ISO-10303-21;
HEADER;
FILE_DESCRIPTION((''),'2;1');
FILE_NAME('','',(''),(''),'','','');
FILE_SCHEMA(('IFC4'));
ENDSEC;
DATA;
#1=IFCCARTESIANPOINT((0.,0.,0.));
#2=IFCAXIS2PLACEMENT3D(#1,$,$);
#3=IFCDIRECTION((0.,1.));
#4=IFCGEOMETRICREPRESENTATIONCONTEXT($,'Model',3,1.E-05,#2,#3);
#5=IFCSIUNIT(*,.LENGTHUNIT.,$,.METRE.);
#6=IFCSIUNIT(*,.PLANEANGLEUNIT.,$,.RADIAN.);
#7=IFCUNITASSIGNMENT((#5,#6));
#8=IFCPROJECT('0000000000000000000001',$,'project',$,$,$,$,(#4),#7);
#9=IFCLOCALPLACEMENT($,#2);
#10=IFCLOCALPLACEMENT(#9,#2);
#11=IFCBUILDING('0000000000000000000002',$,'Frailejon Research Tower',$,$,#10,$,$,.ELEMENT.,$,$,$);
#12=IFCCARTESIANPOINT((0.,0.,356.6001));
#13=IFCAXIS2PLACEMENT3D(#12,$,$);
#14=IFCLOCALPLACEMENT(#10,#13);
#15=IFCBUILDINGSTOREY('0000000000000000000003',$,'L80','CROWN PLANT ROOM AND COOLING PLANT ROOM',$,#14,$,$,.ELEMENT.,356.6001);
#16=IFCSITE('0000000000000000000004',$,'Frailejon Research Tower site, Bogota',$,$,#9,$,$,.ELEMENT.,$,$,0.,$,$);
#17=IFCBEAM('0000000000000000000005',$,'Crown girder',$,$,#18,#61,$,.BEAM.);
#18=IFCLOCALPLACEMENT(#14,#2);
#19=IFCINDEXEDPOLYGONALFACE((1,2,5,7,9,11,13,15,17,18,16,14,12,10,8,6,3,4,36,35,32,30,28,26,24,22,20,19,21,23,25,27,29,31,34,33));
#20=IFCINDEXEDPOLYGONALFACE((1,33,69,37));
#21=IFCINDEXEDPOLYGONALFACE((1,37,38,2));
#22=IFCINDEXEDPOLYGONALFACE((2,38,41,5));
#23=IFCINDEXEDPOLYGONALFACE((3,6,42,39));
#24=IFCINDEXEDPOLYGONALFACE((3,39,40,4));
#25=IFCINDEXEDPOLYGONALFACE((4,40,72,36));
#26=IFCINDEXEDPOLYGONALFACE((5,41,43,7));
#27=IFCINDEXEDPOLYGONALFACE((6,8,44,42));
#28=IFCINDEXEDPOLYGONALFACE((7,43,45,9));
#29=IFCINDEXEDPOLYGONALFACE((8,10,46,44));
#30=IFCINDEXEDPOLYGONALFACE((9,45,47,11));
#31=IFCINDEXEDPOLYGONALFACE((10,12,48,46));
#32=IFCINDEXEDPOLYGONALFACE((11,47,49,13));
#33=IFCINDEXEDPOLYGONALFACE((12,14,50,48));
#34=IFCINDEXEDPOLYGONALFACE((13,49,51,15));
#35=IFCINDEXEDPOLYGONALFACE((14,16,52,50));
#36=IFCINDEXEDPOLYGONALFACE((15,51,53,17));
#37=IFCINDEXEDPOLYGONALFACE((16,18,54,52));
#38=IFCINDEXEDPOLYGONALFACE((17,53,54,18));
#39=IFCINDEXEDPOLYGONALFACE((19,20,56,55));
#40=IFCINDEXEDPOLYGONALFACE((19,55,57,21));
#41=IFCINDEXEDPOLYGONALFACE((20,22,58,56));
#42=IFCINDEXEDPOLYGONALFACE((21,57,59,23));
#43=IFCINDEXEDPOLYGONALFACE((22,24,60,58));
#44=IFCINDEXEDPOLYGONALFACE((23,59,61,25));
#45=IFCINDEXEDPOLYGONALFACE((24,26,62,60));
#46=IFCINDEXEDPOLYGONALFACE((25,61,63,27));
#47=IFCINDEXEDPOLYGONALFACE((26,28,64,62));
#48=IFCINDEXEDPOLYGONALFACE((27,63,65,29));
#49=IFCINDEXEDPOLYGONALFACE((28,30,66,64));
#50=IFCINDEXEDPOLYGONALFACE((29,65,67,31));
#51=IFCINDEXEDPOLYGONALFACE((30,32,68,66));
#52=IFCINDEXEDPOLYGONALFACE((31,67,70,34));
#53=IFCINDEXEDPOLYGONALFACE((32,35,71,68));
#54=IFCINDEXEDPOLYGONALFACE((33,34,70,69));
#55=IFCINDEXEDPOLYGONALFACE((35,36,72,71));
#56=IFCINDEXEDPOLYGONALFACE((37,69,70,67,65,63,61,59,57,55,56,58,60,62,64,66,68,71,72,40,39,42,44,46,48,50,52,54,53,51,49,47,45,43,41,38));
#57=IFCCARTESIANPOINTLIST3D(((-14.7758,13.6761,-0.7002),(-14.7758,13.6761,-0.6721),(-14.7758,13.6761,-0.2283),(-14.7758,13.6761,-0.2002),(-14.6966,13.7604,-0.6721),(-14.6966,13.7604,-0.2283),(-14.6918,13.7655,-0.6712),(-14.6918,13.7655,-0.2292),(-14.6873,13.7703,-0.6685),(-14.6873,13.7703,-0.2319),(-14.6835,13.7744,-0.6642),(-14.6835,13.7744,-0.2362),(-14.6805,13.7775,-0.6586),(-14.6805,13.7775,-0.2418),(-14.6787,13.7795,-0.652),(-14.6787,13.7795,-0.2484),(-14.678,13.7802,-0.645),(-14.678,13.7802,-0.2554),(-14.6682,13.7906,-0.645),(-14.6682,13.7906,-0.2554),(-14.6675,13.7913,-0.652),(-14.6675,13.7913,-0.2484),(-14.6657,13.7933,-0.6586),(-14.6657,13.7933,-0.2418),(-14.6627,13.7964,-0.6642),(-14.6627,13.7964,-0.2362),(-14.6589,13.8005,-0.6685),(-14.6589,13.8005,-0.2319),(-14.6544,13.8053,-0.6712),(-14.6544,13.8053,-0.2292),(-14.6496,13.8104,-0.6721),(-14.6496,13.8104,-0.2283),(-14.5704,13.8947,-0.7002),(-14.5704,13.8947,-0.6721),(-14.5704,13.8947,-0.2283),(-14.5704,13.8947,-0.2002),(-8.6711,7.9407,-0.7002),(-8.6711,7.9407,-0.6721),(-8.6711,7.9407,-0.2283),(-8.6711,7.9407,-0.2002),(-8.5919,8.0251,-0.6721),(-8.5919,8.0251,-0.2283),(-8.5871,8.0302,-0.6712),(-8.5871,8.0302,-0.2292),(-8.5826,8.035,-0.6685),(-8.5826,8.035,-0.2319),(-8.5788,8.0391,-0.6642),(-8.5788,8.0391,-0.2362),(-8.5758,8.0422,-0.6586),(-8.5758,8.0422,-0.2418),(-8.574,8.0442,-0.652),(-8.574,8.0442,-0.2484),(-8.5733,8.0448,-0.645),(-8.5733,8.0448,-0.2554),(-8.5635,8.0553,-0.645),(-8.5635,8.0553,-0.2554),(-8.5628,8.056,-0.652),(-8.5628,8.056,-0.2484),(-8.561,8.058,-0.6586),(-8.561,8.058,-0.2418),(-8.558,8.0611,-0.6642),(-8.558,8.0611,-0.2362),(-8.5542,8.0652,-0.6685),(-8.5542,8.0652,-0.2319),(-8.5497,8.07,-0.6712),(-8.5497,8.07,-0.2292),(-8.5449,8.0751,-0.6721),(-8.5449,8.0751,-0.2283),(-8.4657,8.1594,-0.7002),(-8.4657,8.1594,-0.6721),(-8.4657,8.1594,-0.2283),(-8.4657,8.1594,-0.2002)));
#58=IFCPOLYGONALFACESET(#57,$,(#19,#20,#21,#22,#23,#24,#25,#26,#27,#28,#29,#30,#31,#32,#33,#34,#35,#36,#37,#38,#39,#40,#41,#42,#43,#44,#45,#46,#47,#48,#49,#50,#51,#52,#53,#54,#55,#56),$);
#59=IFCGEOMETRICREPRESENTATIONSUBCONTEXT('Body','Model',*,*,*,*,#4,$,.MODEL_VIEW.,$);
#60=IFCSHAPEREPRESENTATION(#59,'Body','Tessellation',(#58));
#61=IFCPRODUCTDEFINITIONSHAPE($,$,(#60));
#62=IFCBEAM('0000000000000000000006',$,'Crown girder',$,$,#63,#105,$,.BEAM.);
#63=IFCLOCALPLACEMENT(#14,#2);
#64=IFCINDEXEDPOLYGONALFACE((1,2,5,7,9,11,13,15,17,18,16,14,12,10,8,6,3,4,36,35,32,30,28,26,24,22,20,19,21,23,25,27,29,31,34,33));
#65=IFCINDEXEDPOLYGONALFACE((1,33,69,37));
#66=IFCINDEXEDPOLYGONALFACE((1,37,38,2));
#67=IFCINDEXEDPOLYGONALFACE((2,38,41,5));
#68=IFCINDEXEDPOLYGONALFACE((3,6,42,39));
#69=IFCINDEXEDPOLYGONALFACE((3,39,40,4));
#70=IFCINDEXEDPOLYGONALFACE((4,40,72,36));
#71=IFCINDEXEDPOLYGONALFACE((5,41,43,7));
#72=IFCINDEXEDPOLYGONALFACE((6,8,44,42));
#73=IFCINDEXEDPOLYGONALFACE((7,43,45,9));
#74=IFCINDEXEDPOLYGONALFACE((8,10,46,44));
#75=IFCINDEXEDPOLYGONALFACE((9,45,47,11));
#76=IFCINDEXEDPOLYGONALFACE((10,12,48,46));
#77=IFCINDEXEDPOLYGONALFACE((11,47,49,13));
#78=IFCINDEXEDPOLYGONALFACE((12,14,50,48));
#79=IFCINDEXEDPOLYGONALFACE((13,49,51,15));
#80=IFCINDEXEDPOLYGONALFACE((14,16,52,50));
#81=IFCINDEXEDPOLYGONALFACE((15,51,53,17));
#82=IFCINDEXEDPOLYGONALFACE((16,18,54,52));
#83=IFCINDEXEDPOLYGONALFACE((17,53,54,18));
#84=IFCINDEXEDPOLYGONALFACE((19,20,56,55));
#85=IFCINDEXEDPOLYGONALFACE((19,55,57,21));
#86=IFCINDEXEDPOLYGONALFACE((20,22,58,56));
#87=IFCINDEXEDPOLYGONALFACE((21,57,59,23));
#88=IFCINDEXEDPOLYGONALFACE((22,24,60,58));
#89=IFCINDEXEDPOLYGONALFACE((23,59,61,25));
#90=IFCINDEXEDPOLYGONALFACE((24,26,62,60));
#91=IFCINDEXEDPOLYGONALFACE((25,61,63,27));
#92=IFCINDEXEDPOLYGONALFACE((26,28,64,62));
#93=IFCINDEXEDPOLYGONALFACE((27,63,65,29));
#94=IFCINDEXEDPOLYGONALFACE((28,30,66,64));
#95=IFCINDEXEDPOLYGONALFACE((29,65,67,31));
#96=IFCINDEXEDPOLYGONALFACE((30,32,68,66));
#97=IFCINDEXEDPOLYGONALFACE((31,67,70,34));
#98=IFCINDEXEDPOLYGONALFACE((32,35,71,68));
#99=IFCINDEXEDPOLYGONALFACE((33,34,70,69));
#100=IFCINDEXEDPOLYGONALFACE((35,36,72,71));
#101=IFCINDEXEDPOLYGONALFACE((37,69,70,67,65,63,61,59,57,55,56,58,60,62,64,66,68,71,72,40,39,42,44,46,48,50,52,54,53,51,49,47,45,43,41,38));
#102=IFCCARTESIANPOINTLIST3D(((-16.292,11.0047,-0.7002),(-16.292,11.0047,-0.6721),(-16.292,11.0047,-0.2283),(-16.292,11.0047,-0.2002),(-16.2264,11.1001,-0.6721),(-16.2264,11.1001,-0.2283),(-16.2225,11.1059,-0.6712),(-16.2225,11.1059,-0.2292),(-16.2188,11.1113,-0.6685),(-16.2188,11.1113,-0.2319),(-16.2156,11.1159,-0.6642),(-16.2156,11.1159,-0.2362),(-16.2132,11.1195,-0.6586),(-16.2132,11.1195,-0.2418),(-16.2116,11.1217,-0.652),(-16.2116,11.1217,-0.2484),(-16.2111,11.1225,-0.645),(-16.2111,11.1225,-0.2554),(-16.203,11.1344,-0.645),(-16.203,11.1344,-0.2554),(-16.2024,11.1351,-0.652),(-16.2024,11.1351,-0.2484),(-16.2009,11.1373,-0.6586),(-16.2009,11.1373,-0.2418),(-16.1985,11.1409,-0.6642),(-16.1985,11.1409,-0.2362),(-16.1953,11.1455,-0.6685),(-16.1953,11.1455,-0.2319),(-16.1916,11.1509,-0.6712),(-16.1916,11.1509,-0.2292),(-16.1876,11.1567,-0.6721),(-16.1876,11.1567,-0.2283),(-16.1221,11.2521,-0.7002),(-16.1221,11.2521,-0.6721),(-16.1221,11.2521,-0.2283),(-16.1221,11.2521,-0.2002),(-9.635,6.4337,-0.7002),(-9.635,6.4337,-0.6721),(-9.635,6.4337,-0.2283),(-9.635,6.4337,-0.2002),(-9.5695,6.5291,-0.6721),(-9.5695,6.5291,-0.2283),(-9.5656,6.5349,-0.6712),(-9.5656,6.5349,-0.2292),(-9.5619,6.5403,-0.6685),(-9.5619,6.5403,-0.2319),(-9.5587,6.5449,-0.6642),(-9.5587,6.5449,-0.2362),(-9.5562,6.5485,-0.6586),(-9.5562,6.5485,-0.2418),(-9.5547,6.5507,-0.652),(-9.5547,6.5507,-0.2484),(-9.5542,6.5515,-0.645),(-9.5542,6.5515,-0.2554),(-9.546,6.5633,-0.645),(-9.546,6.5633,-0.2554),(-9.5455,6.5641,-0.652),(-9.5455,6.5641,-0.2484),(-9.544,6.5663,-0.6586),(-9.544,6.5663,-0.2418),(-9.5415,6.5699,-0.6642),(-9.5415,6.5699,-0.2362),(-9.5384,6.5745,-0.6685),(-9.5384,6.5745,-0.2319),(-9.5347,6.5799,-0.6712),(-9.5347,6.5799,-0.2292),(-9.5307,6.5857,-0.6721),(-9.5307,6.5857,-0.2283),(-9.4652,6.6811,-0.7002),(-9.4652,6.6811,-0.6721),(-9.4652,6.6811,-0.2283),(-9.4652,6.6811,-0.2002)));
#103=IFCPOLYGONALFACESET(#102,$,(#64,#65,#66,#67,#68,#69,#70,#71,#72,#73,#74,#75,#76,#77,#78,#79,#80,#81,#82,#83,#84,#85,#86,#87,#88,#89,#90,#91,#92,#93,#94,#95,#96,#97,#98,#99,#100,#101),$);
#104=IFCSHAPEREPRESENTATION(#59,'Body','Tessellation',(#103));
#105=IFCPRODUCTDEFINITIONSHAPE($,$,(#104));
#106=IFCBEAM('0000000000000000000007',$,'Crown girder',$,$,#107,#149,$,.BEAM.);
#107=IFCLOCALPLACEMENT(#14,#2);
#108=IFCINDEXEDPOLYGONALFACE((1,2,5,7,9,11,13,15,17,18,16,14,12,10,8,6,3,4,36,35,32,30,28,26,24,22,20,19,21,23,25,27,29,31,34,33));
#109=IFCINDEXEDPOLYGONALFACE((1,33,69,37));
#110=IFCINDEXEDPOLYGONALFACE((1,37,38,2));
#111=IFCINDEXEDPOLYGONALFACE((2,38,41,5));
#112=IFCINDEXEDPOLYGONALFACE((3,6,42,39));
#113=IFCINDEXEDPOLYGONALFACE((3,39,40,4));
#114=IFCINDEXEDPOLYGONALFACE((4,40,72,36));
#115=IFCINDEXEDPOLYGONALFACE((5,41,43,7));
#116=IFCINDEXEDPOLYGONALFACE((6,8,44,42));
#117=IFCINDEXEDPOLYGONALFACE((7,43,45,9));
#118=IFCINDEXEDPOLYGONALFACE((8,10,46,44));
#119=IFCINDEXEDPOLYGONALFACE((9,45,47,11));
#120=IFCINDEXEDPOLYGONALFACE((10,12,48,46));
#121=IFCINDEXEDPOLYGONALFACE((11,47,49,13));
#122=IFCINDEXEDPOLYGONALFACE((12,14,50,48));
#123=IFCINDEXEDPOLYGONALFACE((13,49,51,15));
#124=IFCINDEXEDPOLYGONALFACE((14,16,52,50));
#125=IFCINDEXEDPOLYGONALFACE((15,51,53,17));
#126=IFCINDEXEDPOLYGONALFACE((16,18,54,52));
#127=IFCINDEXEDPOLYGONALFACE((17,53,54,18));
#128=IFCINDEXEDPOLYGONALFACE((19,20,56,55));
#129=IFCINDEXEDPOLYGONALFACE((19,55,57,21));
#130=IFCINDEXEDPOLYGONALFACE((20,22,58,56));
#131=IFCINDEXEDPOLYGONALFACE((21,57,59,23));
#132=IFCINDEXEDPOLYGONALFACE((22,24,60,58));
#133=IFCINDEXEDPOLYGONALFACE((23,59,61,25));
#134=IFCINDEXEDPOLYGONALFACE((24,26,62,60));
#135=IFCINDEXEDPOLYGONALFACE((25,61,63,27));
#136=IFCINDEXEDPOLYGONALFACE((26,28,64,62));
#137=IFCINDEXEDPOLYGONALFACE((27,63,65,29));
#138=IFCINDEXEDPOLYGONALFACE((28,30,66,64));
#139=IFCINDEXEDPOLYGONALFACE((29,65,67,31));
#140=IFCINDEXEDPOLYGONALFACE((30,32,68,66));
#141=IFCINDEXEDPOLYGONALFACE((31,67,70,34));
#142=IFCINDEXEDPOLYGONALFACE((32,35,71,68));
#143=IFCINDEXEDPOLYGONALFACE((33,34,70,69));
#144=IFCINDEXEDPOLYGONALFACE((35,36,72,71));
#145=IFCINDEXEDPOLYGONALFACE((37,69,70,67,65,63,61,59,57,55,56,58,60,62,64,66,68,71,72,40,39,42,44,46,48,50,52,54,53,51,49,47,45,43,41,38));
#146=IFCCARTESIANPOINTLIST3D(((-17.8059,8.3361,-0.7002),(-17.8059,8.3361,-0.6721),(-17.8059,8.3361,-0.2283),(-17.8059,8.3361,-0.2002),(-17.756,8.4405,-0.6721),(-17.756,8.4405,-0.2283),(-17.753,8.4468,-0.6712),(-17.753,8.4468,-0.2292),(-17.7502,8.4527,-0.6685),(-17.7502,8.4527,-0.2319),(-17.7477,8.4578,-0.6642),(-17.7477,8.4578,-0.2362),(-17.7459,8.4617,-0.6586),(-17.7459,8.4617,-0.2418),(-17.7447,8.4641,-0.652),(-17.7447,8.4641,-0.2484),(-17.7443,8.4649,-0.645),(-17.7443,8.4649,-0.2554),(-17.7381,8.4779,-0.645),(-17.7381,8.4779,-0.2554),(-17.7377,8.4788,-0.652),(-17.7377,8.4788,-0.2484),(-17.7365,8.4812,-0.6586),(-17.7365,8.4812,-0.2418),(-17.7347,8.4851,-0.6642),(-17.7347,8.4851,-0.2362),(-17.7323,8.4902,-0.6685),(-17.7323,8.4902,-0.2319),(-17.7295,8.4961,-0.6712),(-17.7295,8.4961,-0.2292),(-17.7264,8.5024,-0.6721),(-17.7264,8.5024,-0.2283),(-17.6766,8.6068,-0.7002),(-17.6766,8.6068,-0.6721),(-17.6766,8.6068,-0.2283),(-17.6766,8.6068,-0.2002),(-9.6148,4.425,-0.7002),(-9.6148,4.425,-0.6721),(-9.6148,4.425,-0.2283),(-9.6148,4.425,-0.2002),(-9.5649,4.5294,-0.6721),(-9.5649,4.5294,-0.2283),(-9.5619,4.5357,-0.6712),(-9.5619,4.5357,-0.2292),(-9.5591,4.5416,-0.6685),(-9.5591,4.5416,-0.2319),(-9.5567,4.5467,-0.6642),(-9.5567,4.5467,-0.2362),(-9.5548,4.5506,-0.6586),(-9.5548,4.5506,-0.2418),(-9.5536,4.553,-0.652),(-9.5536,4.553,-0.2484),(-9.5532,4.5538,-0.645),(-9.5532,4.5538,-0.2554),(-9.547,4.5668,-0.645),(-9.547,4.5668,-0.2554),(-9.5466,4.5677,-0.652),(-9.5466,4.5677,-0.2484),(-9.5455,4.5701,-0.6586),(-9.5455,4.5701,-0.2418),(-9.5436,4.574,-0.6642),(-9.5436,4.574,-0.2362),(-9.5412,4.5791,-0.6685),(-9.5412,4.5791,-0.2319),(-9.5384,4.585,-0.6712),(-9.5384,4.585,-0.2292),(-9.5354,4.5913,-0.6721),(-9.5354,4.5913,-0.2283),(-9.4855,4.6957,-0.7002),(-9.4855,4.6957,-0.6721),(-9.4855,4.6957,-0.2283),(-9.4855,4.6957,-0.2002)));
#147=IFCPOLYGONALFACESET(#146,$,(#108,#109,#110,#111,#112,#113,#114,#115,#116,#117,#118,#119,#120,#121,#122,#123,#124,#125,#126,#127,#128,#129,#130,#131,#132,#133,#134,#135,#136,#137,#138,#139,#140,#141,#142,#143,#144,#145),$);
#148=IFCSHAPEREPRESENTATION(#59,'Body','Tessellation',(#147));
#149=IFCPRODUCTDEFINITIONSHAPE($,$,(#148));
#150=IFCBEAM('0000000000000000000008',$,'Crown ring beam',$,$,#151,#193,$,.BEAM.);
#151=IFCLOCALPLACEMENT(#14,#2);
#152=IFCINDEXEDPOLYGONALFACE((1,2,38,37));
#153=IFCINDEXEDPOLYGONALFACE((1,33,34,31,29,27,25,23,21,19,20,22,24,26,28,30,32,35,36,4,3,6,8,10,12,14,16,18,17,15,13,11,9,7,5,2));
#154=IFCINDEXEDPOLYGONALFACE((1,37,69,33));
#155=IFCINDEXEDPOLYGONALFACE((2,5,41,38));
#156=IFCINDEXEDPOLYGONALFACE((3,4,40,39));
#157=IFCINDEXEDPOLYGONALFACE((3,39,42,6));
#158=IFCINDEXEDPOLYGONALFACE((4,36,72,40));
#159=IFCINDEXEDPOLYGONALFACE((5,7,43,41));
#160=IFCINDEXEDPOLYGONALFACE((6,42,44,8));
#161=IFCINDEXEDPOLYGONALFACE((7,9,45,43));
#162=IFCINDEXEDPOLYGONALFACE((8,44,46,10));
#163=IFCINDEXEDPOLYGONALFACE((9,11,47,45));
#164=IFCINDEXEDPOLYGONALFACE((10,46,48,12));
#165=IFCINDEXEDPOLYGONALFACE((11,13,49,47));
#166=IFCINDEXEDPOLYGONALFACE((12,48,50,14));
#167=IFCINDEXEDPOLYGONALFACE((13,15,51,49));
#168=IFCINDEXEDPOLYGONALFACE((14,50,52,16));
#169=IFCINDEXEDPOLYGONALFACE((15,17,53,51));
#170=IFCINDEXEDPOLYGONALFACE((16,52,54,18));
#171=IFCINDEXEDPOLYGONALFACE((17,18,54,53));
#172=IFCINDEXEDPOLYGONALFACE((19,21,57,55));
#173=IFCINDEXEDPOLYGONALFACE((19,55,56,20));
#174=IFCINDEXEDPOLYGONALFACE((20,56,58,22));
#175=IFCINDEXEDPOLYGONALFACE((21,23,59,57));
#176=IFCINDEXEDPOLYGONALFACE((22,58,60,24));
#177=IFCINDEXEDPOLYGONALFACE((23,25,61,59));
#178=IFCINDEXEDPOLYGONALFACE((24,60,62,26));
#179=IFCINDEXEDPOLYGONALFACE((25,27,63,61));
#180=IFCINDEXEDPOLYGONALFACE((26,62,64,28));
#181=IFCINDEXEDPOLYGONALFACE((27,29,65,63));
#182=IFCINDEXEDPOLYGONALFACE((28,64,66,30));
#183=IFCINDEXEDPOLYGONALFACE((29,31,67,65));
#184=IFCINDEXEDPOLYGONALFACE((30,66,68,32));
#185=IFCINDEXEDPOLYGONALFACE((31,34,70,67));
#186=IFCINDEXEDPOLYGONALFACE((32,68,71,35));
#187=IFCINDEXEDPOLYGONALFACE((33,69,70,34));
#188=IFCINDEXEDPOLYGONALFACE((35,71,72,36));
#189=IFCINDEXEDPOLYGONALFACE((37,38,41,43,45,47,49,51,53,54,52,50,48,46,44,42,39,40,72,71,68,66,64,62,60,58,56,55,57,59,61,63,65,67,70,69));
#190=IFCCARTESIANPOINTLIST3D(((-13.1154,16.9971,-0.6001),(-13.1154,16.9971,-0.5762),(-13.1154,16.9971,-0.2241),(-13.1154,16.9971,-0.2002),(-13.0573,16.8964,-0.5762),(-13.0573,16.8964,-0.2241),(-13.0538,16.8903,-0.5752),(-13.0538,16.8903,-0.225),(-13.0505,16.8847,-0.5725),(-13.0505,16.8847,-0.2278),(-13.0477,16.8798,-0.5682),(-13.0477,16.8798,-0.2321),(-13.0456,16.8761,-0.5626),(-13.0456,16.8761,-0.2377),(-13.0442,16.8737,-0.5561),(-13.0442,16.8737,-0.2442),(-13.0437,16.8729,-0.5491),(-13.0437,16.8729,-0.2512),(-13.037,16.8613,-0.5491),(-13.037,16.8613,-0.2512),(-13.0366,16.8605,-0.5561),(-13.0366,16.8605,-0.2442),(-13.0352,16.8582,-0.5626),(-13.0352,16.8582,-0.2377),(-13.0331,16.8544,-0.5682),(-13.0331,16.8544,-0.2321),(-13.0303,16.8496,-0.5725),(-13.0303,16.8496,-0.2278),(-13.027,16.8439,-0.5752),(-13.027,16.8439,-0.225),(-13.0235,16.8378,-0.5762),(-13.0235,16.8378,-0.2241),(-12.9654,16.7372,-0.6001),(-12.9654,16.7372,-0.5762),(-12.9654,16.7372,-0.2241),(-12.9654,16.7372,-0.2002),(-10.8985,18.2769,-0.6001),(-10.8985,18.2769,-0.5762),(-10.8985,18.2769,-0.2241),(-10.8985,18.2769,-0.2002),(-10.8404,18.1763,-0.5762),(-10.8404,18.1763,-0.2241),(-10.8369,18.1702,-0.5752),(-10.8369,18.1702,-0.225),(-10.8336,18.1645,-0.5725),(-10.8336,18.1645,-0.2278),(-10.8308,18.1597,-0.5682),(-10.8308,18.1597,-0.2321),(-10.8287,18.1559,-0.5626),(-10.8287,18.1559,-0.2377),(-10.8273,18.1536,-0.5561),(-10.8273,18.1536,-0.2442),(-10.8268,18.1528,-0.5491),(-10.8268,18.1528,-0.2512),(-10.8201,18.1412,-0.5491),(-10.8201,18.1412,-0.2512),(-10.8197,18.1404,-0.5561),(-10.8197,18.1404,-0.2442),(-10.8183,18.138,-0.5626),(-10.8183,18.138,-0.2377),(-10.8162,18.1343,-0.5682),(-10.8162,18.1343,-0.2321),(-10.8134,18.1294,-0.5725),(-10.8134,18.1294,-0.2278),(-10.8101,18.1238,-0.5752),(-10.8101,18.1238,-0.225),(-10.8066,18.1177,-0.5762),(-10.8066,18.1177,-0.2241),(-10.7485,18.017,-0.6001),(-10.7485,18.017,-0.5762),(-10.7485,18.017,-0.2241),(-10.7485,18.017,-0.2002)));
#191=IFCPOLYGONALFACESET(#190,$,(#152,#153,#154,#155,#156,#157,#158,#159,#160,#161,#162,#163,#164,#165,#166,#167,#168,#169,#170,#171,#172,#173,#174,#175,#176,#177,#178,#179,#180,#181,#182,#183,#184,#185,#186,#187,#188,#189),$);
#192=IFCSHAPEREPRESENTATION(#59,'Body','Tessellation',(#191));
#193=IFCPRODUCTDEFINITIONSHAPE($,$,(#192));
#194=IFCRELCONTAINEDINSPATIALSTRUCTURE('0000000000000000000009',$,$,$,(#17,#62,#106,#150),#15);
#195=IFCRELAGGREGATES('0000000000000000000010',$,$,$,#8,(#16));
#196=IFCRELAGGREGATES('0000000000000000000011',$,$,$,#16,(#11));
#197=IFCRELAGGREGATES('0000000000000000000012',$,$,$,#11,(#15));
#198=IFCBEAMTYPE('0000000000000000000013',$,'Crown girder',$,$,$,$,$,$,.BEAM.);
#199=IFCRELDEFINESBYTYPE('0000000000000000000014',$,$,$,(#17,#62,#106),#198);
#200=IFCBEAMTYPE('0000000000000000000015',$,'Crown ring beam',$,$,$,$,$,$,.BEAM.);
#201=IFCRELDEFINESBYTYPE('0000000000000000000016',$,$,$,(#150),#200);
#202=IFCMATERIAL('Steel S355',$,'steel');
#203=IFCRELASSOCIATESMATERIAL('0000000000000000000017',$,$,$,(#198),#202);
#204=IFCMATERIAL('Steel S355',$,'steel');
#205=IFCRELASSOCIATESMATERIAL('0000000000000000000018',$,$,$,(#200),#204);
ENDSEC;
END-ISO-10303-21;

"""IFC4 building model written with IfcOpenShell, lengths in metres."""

from ifc_helpers import new_model, si_unit, direction, frame, origin, origin_2d, place, context, subcontext, project, spatial, i_section, extrude, material, material_profile, profile_set, type_object, element, save


model = new_model("IFC4")

# Units and contexts
model_context = context("Model", 3, precision=1e-05, world=origin(), true_north=direction((0.0, 1.0)))
body_context = subcontext(model_context, "Body", "Model", "MODEL_VIEW")
ifc_project = project(units=[si_unit("LENGTHUNIT", "METRE"), si_unit("PLANEANGLEUNIT", "RADIAN")], contexts=[model_context])

# Site, building, storey
site_placement = place(None, origin())
site = spatial("IfcSite", under=ifc_project, at=site_placement, Name="Frailejon Research Tower site, Bogota", CompositionType="ELEMENT", RefElevation=0.0)
building_placement = place(site_placement, origin())
building = spatial("IfcBuilding", under=site, at=building_placement, Name="Frailejon Research Tower", CompositionType="ELEMENT")
storey_placement = place(building_placement, frame((0.0, 0.0, 356.6001)))
storey = spatial("IfcBuildingStorey", under=building, at=storey_placement, Name="L80", Description="CROWN PLANT ROOM AND COOLING PLANT ROOM", CompositionType="ELEMENT", Elevation=356.6001)

# Beams
ifc_material_1 = material(Name="Steel S355", Category="steel")
ifc_material_profile_1 = material_profile(ifc_material_1, i_section(OverallWidth=0.3, OverallDepth=0.5, WebThickness=0.0144, FlangeThickness=0.0281, FilletRadius=0.0271, at=origin_2d()), Name="HE 500 B")
ifc_profile_set_1 = profile_set([ifc_material_profile_1], Name="Steel S355")
beam_type_1 = type_object("IfcBeamType", Name="Crown girder", PredefinedType="BEAM", material=ifc_profile_set_1)
beam_1_placement = place(storey_placement, frame((-14.6731, 13.7854, -0.4502), z_axis=(0.728812, -0.684713, 0.0), x_axis=(0.684713, 0.728812, 0.0)))
element("IfcBeam", 1, at=beam_1_placement, inside=storey, type_object=beam_type_1, Name="Crown girder", PredefinedType="BEAM", context=body_context, shape_type="SweptSolid", body=[
    extrude(i_section(OverallWidth=0.3, OverallDepth=0.5, WebThickness=0.0144, FlangeThickness=0.0281, FilletRadius=0.0271, at=origin_2d()), origin(), (0.0, 0.0, 1.0), 8.3762),
])
beam_2_placement = place(storey_placement, frame((-16.207, 11.1284, -0.4502), z_axis=(0.824367, -0.566055, 0.0), x_axis=(0.566055, 0.824367, 0.0)))
element("IfcBeam", 2, at=beam_2_placement, inside=storey, type_object=beam_type_1, Name="Crown girder", PredefinedType="BEAM", context=body_context, shape_type="SweptSolid", body=[
    extrude(i_section(OverallWidth=0.3, OverallDepth=0.5, WebThickness=0.0144, FlangeThickness=0.0281, FilletRadius=0.0271, at=origin_2d()), origin(), (0.0, 0.0, 1.0), 8.0752),
])
beam_3_placement = place(storey_placement, frame((-17.7412, 8.4714, -0.4502), z_axis=(0.902408, -0.430883, 0.0), x_axis=(0.430883, 0.902408, 0.0)))
element("IfcBeam", 3, at=beam_3_placement, inside=storey, type_object=beam_type_1, Name="Crown girder", PredefinedType="BEAM", context=body_context, shape_type="SweptSolid", body=[
    extrude(i_section(OverallWidth=0.3, OverallDepth=0.5, WebThickness=0.0144, FlangeThickness=0.0281, FilletRadius=0.0271, at=origin_2d()), origin(), (0.0, 0.0, 1.0), 9.0769),
])
ifc_material_2 = material(Name="Steel S355", Category="steel")
ifc_material_profile_2 = material_profile(ifc_material_2, i_section(OverallWidth=0.3, OverallDepth=0.3999, WebThickness=0.0134, FlangeThickness=0.0239, FilletRadius=0.0271, at=origin_2d()), Name="HE 400 B")
ifc_profile_set_2 = profile_set([ifc_material_profile_2], Name="Steel S355")
beam_type_2 = type_object("IfcBeamType", Name="Crown ring beam", PredefinedType="BEAM", material=ifc_profile_set_2)
beam_4_placement = place(storey_placement, frame((-10.8235, 18.147, -0.4001), z_axis=(-0.866039, -0.499976, 0.0), x_axis=(0.499976, -0.866039, 0.0)))
element("IfcBeam", 4, at=beam_4_placement, inside=storey, type_object=beam_type_2, Name="Crown ring beam", PredefinedType="BEAM", context=body_context, shape_type="SweptSolid", body=[
    extrude(i_section(OverallWidth=0.3, OverallDepth=0.3999, WebThickness=0.0134, FlangeThickness=0.0239, FilletRadius=0.0271, at=origin_2d()), origin(), (0.0, 0.0, 1.0), 2.5598),
])

save(model, "model.ifc")
